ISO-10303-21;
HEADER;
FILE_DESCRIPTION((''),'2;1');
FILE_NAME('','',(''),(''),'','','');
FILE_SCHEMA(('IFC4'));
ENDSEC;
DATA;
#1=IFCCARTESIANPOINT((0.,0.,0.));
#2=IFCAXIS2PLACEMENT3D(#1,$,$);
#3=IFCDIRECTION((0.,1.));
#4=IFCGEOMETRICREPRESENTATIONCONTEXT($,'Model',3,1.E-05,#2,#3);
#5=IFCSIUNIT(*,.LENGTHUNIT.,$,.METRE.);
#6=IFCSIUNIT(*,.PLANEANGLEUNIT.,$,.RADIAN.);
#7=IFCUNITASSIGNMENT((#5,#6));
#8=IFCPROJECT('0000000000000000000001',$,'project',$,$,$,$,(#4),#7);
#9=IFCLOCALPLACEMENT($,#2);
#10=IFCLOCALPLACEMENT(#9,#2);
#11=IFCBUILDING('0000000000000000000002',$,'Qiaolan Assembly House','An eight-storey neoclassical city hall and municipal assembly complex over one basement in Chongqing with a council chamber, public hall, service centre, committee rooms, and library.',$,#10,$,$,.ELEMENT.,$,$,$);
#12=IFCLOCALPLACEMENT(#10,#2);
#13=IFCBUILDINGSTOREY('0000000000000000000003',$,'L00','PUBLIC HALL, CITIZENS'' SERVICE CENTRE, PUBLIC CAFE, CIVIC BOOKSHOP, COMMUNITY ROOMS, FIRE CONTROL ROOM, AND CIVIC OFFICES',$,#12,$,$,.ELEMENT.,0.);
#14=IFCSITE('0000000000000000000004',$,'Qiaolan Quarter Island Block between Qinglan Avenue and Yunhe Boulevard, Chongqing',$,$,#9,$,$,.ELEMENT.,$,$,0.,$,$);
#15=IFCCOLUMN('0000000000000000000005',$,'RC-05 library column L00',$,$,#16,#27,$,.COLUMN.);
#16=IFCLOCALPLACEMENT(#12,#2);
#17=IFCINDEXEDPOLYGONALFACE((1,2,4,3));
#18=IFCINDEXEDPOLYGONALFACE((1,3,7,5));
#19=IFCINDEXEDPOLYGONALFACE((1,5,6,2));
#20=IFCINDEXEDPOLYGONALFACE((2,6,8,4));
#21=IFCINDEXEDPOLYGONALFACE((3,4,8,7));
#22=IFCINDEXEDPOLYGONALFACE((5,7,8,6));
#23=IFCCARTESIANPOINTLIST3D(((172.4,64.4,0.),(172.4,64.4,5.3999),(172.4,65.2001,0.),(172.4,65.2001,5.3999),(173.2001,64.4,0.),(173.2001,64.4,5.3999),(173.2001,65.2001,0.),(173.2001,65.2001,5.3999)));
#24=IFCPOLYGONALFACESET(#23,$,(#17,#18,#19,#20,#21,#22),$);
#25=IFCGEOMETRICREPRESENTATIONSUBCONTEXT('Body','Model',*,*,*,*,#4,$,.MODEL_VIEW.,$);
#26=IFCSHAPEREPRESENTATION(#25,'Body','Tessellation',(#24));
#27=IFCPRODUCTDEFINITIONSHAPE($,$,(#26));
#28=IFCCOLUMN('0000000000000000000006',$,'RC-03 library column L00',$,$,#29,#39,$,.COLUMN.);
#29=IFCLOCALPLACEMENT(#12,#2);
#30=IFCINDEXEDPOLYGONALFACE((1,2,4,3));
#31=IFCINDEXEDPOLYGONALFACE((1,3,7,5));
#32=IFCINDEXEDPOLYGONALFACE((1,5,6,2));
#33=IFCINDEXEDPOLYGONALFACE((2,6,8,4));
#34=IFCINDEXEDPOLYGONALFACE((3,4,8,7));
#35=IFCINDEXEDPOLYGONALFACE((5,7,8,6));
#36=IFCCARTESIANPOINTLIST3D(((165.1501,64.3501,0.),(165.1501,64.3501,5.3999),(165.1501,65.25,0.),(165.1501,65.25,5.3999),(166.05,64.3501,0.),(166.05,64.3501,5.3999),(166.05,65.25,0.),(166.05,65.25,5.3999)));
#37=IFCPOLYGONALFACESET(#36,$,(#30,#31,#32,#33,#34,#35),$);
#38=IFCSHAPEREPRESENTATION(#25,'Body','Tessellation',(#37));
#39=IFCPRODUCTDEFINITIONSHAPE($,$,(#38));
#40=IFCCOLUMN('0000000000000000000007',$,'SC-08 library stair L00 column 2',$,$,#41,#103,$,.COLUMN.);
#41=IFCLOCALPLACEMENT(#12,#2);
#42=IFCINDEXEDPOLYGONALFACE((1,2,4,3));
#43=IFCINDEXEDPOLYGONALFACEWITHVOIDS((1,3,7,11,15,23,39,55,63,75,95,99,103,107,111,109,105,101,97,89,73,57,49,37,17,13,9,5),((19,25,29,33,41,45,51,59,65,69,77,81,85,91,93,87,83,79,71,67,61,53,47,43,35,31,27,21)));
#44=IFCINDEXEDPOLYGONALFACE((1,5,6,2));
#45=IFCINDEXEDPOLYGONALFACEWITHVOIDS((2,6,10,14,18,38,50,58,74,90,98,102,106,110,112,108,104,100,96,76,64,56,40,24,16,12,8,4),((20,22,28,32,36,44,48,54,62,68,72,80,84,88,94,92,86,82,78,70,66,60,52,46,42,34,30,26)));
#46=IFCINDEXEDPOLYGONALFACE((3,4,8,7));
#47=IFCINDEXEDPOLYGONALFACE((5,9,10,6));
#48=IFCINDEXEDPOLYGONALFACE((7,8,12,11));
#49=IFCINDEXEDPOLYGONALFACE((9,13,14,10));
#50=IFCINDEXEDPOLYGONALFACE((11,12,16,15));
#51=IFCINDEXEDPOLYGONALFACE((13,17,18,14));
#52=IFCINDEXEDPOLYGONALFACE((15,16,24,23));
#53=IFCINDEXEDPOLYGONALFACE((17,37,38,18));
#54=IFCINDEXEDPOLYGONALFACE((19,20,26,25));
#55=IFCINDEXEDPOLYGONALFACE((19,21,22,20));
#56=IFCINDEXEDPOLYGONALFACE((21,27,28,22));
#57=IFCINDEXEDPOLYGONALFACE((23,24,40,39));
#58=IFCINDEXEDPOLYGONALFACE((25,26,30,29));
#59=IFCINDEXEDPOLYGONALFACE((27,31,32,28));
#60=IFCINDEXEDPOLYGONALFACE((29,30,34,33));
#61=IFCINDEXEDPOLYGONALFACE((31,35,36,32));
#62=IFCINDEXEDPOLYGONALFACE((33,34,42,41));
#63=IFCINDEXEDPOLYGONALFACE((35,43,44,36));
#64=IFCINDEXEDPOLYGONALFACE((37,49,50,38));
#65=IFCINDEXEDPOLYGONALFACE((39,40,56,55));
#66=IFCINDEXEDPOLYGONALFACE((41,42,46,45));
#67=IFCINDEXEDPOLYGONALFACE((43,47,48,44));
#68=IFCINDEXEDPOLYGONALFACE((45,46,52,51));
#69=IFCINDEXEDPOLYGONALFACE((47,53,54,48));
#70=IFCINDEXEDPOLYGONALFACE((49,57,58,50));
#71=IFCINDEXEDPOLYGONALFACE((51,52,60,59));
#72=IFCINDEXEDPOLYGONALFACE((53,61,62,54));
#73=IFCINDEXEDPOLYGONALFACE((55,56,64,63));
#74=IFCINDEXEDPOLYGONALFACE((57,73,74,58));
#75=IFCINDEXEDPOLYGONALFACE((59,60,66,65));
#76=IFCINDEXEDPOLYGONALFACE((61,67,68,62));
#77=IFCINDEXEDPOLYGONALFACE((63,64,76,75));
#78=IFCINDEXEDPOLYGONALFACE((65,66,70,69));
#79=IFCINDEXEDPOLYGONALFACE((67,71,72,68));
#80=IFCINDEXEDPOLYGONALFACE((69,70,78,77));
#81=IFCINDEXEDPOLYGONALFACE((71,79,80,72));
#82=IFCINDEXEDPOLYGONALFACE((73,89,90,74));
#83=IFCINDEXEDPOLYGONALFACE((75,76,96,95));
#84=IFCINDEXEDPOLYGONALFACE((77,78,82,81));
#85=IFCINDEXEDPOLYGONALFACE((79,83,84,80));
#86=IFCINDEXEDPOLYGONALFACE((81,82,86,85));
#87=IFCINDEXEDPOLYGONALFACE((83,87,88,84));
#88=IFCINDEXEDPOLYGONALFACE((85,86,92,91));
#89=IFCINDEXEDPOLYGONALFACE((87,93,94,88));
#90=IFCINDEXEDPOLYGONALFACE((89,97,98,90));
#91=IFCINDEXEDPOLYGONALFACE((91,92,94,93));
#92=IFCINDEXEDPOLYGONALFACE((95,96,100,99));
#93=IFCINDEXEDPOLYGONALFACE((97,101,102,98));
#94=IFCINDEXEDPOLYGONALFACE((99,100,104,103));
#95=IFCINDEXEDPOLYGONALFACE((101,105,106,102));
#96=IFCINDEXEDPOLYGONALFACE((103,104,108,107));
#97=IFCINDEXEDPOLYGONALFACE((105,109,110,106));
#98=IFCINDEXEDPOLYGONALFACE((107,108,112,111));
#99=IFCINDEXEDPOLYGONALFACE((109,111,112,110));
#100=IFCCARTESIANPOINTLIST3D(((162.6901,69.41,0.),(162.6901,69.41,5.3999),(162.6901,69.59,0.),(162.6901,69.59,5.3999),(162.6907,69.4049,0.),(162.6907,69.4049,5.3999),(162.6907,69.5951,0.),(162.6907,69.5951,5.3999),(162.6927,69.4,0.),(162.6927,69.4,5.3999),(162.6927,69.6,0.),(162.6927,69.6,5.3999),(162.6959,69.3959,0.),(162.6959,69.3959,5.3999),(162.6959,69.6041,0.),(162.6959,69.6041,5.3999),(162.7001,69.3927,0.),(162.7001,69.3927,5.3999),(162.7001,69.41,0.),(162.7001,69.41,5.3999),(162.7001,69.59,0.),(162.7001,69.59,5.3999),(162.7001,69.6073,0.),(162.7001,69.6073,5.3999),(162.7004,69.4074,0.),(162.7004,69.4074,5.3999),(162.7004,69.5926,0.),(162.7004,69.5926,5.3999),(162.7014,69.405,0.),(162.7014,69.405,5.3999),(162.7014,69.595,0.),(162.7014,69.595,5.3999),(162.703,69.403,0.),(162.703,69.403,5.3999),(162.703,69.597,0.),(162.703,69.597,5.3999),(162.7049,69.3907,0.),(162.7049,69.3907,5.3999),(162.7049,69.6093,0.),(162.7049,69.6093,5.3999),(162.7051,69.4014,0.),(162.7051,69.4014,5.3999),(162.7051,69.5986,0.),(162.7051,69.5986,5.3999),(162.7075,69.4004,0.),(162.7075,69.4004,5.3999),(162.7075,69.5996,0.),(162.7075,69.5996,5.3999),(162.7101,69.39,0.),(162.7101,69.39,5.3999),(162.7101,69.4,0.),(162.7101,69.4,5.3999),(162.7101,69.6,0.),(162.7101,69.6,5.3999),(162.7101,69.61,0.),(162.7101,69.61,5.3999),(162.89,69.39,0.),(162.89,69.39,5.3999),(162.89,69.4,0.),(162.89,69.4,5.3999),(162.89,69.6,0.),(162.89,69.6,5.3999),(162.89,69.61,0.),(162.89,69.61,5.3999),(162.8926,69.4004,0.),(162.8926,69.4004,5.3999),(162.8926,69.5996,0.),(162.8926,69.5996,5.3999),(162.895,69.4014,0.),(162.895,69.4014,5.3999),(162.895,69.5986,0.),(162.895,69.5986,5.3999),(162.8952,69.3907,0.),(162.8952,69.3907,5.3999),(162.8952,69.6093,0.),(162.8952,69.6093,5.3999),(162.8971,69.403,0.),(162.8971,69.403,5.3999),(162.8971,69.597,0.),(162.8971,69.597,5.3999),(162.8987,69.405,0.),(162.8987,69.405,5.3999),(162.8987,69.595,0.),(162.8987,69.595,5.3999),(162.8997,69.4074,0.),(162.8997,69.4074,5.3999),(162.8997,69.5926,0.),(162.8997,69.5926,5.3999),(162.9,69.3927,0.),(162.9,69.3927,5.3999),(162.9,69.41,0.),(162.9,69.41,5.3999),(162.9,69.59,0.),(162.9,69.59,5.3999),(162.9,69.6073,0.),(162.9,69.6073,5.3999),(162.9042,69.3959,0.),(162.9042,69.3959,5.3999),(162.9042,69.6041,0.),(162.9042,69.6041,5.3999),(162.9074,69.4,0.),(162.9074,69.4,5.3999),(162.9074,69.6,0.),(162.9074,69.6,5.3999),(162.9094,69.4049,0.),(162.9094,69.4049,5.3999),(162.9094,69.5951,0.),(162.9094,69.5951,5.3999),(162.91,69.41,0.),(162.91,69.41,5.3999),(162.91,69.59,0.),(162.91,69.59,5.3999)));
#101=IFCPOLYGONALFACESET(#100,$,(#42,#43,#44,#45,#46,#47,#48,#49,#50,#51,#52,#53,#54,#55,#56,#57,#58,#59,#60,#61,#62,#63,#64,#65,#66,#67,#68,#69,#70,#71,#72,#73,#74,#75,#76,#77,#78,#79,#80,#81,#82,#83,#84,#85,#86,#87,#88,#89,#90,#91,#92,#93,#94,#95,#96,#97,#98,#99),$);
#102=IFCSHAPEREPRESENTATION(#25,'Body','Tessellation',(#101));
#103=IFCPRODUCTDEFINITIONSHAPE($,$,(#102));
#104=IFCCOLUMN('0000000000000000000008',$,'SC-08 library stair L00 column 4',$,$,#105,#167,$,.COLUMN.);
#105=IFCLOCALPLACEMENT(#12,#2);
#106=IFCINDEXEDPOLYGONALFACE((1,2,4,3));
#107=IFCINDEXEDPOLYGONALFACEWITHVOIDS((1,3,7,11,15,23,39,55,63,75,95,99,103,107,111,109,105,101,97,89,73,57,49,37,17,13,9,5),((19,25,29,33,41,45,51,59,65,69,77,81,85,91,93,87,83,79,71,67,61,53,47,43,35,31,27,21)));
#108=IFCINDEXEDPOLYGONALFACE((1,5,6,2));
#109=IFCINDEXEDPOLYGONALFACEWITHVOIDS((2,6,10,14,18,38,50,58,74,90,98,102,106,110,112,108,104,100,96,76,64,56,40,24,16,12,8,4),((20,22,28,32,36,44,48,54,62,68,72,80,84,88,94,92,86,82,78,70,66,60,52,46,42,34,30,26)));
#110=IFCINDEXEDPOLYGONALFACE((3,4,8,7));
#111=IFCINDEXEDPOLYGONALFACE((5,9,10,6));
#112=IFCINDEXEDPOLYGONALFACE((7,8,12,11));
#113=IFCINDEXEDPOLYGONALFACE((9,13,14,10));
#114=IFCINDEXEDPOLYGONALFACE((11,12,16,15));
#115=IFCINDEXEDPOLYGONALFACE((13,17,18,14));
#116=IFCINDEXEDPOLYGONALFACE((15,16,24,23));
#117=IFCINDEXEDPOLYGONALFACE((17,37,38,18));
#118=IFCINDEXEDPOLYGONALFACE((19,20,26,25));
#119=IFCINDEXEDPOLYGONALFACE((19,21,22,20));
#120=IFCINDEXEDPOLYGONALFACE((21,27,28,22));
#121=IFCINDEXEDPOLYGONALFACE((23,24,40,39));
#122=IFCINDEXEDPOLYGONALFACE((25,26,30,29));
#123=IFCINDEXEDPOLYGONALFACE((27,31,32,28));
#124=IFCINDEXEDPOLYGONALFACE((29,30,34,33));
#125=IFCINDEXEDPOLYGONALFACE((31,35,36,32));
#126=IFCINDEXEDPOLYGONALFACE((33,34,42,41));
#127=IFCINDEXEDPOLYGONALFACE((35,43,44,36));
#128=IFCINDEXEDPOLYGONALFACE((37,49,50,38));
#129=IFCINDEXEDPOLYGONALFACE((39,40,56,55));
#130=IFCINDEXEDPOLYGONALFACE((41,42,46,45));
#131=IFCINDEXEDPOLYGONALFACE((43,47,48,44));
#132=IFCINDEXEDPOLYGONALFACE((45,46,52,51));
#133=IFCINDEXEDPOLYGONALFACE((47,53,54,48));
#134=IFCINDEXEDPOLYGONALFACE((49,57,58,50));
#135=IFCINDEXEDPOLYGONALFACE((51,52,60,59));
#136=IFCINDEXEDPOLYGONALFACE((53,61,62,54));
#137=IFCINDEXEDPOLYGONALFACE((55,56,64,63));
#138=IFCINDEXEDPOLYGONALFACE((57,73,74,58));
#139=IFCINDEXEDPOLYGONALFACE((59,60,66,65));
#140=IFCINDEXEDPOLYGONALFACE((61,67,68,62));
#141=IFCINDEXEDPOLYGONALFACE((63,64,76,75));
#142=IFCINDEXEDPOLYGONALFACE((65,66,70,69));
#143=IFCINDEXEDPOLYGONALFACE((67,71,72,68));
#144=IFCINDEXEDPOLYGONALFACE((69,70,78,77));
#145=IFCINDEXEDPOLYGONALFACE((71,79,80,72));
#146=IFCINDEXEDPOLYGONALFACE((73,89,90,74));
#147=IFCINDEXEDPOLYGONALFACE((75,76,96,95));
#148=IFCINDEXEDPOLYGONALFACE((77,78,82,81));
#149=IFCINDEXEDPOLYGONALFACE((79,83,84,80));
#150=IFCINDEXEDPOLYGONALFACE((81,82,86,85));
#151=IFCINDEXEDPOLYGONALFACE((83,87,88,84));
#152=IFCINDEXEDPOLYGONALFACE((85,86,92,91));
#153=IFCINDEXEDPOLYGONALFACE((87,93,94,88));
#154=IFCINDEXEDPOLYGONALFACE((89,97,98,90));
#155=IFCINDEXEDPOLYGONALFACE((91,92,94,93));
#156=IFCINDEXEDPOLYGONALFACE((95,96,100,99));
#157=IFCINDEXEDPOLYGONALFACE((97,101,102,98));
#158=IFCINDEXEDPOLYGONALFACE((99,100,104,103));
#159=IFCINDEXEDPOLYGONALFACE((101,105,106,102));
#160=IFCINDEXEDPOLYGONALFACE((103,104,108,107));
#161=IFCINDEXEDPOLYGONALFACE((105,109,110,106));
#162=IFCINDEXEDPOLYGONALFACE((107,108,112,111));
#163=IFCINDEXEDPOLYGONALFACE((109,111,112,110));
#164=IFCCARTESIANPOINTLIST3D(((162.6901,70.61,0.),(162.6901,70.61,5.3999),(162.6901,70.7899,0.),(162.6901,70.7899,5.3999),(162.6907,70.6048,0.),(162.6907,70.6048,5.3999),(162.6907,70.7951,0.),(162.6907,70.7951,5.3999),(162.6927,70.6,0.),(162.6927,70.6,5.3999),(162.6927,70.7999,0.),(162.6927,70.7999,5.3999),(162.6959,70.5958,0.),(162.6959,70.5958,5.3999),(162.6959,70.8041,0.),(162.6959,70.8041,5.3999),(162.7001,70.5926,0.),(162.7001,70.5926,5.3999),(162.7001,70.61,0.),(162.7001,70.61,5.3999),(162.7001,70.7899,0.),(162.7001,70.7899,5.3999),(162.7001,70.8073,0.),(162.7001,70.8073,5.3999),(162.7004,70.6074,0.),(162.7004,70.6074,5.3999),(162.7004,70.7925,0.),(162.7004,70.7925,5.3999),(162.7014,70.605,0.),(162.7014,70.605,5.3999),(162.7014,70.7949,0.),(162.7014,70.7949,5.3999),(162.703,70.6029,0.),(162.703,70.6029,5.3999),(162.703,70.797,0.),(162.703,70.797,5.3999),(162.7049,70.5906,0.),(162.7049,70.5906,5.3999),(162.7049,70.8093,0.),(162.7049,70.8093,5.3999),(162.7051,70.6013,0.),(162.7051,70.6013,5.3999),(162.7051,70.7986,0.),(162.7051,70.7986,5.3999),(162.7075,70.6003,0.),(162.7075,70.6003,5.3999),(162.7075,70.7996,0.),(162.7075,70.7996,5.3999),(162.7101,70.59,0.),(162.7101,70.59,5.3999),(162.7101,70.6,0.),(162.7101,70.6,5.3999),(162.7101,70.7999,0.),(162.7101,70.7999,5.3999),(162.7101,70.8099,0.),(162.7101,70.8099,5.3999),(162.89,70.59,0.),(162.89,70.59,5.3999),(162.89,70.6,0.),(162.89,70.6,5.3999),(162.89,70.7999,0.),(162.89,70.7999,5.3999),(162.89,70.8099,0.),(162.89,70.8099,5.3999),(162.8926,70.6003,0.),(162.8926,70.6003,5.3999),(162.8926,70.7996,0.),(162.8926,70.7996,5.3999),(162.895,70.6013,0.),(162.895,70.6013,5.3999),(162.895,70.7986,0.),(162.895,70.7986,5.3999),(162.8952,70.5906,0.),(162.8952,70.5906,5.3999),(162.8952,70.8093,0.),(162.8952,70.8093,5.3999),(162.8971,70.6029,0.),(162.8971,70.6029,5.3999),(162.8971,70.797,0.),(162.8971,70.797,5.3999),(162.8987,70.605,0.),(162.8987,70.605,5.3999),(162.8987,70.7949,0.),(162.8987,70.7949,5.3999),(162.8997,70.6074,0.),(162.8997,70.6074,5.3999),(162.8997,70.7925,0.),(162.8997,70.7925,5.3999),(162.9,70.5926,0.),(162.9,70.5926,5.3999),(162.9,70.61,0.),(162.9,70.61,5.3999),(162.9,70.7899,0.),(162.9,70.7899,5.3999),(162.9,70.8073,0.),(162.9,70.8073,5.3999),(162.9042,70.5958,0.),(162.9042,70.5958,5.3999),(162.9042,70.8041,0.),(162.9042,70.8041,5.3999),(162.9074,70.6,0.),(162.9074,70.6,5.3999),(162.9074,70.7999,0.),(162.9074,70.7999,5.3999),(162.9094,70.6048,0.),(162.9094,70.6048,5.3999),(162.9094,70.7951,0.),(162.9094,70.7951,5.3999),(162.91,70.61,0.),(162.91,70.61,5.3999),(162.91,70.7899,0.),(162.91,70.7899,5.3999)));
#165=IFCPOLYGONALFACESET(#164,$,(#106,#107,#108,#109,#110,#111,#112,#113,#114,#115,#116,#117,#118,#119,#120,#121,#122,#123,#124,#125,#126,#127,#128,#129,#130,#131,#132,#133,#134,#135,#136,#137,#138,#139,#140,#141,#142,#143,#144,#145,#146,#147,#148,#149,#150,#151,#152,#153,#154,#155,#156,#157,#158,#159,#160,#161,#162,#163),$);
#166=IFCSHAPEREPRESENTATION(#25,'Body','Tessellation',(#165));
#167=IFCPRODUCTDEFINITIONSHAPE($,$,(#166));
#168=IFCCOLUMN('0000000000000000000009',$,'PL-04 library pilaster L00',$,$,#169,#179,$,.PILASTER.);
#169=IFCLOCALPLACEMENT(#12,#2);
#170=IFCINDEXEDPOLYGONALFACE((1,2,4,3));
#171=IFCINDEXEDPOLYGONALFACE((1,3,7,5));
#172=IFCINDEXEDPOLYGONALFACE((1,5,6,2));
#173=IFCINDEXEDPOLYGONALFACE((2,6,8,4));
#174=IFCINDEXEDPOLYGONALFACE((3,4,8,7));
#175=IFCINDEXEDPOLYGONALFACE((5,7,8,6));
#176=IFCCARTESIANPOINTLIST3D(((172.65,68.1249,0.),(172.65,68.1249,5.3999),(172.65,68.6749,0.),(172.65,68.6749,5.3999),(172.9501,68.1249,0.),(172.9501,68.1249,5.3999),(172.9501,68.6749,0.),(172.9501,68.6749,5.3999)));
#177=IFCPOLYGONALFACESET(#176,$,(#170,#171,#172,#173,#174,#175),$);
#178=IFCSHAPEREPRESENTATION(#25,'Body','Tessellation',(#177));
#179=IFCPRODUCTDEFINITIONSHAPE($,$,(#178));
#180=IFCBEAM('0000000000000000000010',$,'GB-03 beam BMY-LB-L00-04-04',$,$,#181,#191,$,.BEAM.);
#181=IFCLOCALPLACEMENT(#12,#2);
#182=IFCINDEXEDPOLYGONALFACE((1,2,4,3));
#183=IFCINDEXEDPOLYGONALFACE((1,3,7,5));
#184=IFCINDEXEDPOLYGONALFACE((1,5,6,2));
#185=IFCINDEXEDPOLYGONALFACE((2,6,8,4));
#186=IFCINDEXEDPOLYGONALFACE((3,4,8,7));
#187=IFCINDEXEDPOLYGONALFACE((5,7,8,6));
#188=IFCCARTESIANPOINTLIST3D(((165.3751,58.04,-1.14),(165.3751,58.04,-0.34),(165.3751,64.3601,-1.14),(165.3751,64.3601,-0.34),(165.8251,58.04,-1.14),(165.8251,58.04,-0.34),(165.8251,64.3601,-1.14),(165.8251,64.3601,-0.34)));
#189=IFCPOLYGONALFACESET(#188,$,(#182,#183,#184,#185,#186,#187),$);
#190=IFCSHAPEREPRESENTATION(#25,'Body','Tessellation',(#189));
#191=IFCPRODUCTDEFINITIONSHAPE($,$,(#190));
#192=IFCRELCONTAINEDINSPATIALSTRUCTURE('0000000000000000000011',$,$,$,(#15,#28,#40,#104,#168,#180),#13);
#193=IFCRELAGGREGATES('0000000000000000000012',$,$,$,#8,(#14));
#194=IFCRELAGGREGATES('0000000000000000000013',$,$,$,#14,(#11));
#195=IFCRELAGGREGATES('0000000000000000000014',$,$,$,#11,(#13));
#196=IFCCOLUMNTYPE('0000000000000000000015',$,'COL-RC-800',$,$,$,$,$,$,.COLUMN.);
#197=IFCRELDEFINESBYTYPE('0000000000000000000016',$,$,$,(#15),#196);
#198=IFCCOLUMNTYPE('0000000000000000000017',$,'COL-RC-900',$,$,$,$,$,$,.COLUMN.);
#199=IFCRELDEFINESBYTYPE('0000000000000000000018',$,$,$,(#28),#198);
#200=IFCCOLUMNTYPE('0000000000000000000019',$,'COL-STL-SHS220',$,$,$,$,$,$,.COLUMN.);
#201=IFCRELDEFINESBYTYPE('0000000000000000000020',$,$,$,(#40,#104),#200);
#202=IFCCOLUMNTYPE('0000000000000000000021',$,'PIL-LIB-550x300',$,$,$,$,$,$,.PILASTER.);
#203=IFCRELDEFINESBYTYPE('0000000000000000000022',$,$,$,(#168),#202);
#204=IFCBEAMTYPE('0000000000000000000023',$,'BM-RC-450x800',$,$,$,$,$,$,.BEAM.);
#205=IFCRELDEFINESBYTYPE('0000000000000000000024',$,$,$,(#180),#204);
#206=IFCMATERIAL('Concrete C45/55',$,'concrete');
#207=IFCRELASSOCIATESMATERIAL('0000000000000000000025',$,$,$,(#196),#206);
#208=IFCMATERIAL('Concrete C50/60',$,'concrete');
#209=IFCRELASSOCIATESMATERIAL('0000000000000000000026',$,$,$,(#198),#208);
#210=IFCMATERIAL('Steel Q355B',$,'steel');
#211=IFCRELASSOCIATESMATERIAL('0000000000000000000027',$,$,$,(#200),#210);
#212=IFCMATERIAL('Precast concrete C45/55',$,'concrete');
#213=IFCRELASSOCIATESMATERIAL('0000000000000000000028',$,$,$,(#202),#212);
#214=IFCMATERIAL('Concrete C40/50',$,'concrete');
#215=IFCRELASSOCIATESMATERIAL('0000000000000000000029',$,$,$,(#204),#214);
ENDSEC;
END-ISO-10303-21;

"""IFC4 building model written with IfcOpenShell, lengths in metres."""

from ifc_helpers import new_model, si_unit, direction, frame, origin, origin_2d, place, context, subcontext, project, spatial, rectangle, hollow_rectangle, extrude, material, material_profile, profile_set, type_object, element, save


model = new_model("IFC4")

# Units and contexts
model_context = context("Model", 3, precision=1e-05, world=origin(), true_north=direction((0.0, 1.0)))
body_context = subcontext(model_context, "Body", "Model", "MODEL_VIEW")
ifc_project = project(units=[si_unit("LENGTHUNIT", "METRE"), si_unit("PLANEANGLEUNIT", "RADIAN")], contexts=[model_context])

# Site, building, storey
site_placement = place(None, origin())
site = spatial("IfcSite", under=ifc_project, at=site_placement, Name="Qiaolan Quarter Island Block between Qinglan Avenue and Yunhe Boulevard, Chongqing", CompositionType="ELEMENT", RefElevation=0.0)
building_placement = place(site_placement, origin())
building = spatial("IfcBuilding", under=site, at=building_placement, Name="Qiaolan Assembly House", Description="An eight-storey neoclassical city hall and municipal assembly complex over one basement in Chongqing with a council chamber, public hall, service centre, committee rooms, and library.", CompositionType="ELEMENT")
storey_placement = place(building_placement, origin())
storey = spatial("IfcBuildingStorey", under=building, at=storey_placement, Name="L00", Description="PUBLIC HALL, CITIZENS' SERVICE CENTRE, PUBLIC CAFE, CIVIC BOOKSHOP, COMMUNITY ROOMS, FIRE CONTROL ROOM, AND CIVIC OFFICES", CompositionType="ELEMENT", Elevation=0.0)

# Columns
ifc_material_1 = material(Name="Concrete C45/55", Category="concrete")
ifc_material_profile_1 = material_profile(ifc_material_1, rectangle(XDim=0.8, YDim=0.8, at=origin_2d()), Name="RC 800x800")
ifc_profile_set_1 = profile_set([ifc_material_profile_1], Name="Concrete C45/55")
column_type_1 = type_object("IfcColumnType", Name="COL-RC-800", PredefinedType="COLUMN", material=ifc_profile_set_1)
column_1_placement = place(storey_placement, frame((172.8, 64.8, 0.0), z_axis=(0.0, 0.0, 1.0), x_axis=(1.0, 0.0, 0.0)))
element("IfcColumn", 1, at=column_1_placement, inside=storey, type_object=column_type_1, Name="RC-05 library column L00", PredefinedType="COLUMN", context=body_context, shape_type="SweptSolid", body=[
    extrude(rectangle(XDim=0.8, YDim=0.8, at=origin_2d()), origin(), (0.0, 0.0, 1.0), 5.3999),
])
ifc_material_2 = material(Name="Concrete C50/60", Category="concrete")
ifc_material_profile_2 = material_profile(ifc_material_2, rectangle(XDim=0.8999, YDim=0.8999, at=origin_2d()), Name="RC 900x900")
ifc_profile_set_2 = profile_set([ifc_material_profile_2], Name="Concrete C50/60")
column_type_2 = type_object("IfcColumnType", Name="COL-RC-900", PredefinedType="COLUMN", material=ifc_profile_set_2)
column_2_placement = place(storey_placement, frame((165.6001, 64.8, 0.0), z_axis=(0.0, 0.0, 1.0), x_axis=(1.0, 0.0, 0.0)))
element("IfcColumn", 2, at=column_2_placement, inside=storey, type_object=column_type_2, Name="RC-03 library column L00", PredefinedType="COLUMN", context=body_context, shape_type="SweptSolid", body=[
    extrude(rectangle(XDim=0.8999, YDim=0.8999, at=origin_2d()), origin(), (0.0, 0.0, 1.0), 5.3999),
])
ifc_material_3 = material(Name="Steel Q355B", Category="steel")
ifc_material_profile_3 = material_profile(ifc_material_3, hollow_rectangle(XDim=0.22, YDim=0.22, WallThickness=0.01, InnerFilletRadius=0.01, OuterFilletRadius=0.02, at=origin_2d()), Name="SHS 220x220x10")
ifc_profile_set_3 = profile_set([ifc_material_profile_3], Name="Steel Q355B")
column_type_3 = type_object("IfcColumnType", Name="COL-STL-SHS220", PredefinedType="COLUMN", material=ifc_profile_set_3)
for number, where, z_axis, x_axis, name in (
    (3, (162.8, 69.5, 0.0), (0.0, 0.0, 1.0), (1.0, 0.0, 0.0), "SC-08 library stair L00 column 2"),
    (4, (162.8, 70.7, 0.0), (0.0, 0.0, 1.0), (1.0, 0.0, 0.0), "SC-08 library stair L00 column 4"),
):
    element("IfcColumn", number, at=place(storey_placement, frame(where, z_axis=z_axis, x_axis=x_axis)), inside=storey, type_object=column_type_3, Name=name, PredefinedType="COLUMN", context=body_context, shape_type="SweptSolid", body=[
        extrude(hollow_rectangle(XDim=0.22, YDim=0.22, WallThickness=0.01, InnerFilletRadius=0.01, OuterFilletRadius=0.02, at=origin_2d()), origin(), (0.0, 0.0, 1.0), 5.3999),
    ])
ifc_material_4 = material(Name="Precast concrete C45/55", Category="concrete")
ifc_material_profile_4 = material_profile(ifc_material_4, rectangle(XDim=0.55, YDim=0.3, at=origin_2d()), Name="PIL 550x300")
ifc_profile_set_4 = profile_set([ifc_material_profile_4], Name="Precast concrete C45/55")
column_type_4 = type_object("IfcColumnType", Name="PIL-LIB-550x300", PredefinedType="PILASTER", material=ifc_profile_set_4)
column_3_placement = place(storey_placement, frame((172.8, 68.3999, 0.0), z_axis=(0.0, 0.0, 1.0), x_axis=(0.0, 1.0, 0.0)))
element("IfcColumn", 5, at=column_3_placement, inside=storey, type_object=column_type_4, Name="PL-04 library pilaster L00", PredefinedType="PILASTER", context=body_context, shape_type="SweptSolid", body=[
    extrude(rectangle(XDim=0.55, YDim=0.3, at=origin_2d()), origin(), (0.0, 0.0, 1.0), 5.3999),
])

# Beam
ifc_material_5 = material(Name="Concrete C40/50", Category="concrete")
ifc_material_profile_5 = material_profile(ifc_material_5, rectangle(XDim=0.45, YDim=0.8, at=origin_2d()), Name="RCB 450x800")
ifc_profile_set_5 = profile_set([ifc_material_profile_5], Name="Concrete C40/50")
beam_type_1 = type_object("IfcBeamType", Name="BM-RC-450x800", PredefinedType="BEAM", material=ifc_profile_set_5)
for number, where, z_axis, x_axis, name in (
    (6, (165.6001, 58.04, -0.74), (0.0, 1.0, 0.0), (-1.0, 0.0, 0.0), "GB-03 beam BMY-LB-L00-04-04"),
):
    element("IfcBeam", number, at=place(storey_placement, frame(where, z_axis=z_axis, x_axis=x_axis)), inside=storey, type_object=beam_type_1, Name=name, PredefinedType="BEAM", context=body_context, shape_type="SweptSolid", body=[
        extrude(rectangle(XDim=0.45, YDim=0.8, at=origin_2d()), origin(), (0.0, 0.0, 1.0), 6.3201),
    ])

save(model, "model.ifc")
